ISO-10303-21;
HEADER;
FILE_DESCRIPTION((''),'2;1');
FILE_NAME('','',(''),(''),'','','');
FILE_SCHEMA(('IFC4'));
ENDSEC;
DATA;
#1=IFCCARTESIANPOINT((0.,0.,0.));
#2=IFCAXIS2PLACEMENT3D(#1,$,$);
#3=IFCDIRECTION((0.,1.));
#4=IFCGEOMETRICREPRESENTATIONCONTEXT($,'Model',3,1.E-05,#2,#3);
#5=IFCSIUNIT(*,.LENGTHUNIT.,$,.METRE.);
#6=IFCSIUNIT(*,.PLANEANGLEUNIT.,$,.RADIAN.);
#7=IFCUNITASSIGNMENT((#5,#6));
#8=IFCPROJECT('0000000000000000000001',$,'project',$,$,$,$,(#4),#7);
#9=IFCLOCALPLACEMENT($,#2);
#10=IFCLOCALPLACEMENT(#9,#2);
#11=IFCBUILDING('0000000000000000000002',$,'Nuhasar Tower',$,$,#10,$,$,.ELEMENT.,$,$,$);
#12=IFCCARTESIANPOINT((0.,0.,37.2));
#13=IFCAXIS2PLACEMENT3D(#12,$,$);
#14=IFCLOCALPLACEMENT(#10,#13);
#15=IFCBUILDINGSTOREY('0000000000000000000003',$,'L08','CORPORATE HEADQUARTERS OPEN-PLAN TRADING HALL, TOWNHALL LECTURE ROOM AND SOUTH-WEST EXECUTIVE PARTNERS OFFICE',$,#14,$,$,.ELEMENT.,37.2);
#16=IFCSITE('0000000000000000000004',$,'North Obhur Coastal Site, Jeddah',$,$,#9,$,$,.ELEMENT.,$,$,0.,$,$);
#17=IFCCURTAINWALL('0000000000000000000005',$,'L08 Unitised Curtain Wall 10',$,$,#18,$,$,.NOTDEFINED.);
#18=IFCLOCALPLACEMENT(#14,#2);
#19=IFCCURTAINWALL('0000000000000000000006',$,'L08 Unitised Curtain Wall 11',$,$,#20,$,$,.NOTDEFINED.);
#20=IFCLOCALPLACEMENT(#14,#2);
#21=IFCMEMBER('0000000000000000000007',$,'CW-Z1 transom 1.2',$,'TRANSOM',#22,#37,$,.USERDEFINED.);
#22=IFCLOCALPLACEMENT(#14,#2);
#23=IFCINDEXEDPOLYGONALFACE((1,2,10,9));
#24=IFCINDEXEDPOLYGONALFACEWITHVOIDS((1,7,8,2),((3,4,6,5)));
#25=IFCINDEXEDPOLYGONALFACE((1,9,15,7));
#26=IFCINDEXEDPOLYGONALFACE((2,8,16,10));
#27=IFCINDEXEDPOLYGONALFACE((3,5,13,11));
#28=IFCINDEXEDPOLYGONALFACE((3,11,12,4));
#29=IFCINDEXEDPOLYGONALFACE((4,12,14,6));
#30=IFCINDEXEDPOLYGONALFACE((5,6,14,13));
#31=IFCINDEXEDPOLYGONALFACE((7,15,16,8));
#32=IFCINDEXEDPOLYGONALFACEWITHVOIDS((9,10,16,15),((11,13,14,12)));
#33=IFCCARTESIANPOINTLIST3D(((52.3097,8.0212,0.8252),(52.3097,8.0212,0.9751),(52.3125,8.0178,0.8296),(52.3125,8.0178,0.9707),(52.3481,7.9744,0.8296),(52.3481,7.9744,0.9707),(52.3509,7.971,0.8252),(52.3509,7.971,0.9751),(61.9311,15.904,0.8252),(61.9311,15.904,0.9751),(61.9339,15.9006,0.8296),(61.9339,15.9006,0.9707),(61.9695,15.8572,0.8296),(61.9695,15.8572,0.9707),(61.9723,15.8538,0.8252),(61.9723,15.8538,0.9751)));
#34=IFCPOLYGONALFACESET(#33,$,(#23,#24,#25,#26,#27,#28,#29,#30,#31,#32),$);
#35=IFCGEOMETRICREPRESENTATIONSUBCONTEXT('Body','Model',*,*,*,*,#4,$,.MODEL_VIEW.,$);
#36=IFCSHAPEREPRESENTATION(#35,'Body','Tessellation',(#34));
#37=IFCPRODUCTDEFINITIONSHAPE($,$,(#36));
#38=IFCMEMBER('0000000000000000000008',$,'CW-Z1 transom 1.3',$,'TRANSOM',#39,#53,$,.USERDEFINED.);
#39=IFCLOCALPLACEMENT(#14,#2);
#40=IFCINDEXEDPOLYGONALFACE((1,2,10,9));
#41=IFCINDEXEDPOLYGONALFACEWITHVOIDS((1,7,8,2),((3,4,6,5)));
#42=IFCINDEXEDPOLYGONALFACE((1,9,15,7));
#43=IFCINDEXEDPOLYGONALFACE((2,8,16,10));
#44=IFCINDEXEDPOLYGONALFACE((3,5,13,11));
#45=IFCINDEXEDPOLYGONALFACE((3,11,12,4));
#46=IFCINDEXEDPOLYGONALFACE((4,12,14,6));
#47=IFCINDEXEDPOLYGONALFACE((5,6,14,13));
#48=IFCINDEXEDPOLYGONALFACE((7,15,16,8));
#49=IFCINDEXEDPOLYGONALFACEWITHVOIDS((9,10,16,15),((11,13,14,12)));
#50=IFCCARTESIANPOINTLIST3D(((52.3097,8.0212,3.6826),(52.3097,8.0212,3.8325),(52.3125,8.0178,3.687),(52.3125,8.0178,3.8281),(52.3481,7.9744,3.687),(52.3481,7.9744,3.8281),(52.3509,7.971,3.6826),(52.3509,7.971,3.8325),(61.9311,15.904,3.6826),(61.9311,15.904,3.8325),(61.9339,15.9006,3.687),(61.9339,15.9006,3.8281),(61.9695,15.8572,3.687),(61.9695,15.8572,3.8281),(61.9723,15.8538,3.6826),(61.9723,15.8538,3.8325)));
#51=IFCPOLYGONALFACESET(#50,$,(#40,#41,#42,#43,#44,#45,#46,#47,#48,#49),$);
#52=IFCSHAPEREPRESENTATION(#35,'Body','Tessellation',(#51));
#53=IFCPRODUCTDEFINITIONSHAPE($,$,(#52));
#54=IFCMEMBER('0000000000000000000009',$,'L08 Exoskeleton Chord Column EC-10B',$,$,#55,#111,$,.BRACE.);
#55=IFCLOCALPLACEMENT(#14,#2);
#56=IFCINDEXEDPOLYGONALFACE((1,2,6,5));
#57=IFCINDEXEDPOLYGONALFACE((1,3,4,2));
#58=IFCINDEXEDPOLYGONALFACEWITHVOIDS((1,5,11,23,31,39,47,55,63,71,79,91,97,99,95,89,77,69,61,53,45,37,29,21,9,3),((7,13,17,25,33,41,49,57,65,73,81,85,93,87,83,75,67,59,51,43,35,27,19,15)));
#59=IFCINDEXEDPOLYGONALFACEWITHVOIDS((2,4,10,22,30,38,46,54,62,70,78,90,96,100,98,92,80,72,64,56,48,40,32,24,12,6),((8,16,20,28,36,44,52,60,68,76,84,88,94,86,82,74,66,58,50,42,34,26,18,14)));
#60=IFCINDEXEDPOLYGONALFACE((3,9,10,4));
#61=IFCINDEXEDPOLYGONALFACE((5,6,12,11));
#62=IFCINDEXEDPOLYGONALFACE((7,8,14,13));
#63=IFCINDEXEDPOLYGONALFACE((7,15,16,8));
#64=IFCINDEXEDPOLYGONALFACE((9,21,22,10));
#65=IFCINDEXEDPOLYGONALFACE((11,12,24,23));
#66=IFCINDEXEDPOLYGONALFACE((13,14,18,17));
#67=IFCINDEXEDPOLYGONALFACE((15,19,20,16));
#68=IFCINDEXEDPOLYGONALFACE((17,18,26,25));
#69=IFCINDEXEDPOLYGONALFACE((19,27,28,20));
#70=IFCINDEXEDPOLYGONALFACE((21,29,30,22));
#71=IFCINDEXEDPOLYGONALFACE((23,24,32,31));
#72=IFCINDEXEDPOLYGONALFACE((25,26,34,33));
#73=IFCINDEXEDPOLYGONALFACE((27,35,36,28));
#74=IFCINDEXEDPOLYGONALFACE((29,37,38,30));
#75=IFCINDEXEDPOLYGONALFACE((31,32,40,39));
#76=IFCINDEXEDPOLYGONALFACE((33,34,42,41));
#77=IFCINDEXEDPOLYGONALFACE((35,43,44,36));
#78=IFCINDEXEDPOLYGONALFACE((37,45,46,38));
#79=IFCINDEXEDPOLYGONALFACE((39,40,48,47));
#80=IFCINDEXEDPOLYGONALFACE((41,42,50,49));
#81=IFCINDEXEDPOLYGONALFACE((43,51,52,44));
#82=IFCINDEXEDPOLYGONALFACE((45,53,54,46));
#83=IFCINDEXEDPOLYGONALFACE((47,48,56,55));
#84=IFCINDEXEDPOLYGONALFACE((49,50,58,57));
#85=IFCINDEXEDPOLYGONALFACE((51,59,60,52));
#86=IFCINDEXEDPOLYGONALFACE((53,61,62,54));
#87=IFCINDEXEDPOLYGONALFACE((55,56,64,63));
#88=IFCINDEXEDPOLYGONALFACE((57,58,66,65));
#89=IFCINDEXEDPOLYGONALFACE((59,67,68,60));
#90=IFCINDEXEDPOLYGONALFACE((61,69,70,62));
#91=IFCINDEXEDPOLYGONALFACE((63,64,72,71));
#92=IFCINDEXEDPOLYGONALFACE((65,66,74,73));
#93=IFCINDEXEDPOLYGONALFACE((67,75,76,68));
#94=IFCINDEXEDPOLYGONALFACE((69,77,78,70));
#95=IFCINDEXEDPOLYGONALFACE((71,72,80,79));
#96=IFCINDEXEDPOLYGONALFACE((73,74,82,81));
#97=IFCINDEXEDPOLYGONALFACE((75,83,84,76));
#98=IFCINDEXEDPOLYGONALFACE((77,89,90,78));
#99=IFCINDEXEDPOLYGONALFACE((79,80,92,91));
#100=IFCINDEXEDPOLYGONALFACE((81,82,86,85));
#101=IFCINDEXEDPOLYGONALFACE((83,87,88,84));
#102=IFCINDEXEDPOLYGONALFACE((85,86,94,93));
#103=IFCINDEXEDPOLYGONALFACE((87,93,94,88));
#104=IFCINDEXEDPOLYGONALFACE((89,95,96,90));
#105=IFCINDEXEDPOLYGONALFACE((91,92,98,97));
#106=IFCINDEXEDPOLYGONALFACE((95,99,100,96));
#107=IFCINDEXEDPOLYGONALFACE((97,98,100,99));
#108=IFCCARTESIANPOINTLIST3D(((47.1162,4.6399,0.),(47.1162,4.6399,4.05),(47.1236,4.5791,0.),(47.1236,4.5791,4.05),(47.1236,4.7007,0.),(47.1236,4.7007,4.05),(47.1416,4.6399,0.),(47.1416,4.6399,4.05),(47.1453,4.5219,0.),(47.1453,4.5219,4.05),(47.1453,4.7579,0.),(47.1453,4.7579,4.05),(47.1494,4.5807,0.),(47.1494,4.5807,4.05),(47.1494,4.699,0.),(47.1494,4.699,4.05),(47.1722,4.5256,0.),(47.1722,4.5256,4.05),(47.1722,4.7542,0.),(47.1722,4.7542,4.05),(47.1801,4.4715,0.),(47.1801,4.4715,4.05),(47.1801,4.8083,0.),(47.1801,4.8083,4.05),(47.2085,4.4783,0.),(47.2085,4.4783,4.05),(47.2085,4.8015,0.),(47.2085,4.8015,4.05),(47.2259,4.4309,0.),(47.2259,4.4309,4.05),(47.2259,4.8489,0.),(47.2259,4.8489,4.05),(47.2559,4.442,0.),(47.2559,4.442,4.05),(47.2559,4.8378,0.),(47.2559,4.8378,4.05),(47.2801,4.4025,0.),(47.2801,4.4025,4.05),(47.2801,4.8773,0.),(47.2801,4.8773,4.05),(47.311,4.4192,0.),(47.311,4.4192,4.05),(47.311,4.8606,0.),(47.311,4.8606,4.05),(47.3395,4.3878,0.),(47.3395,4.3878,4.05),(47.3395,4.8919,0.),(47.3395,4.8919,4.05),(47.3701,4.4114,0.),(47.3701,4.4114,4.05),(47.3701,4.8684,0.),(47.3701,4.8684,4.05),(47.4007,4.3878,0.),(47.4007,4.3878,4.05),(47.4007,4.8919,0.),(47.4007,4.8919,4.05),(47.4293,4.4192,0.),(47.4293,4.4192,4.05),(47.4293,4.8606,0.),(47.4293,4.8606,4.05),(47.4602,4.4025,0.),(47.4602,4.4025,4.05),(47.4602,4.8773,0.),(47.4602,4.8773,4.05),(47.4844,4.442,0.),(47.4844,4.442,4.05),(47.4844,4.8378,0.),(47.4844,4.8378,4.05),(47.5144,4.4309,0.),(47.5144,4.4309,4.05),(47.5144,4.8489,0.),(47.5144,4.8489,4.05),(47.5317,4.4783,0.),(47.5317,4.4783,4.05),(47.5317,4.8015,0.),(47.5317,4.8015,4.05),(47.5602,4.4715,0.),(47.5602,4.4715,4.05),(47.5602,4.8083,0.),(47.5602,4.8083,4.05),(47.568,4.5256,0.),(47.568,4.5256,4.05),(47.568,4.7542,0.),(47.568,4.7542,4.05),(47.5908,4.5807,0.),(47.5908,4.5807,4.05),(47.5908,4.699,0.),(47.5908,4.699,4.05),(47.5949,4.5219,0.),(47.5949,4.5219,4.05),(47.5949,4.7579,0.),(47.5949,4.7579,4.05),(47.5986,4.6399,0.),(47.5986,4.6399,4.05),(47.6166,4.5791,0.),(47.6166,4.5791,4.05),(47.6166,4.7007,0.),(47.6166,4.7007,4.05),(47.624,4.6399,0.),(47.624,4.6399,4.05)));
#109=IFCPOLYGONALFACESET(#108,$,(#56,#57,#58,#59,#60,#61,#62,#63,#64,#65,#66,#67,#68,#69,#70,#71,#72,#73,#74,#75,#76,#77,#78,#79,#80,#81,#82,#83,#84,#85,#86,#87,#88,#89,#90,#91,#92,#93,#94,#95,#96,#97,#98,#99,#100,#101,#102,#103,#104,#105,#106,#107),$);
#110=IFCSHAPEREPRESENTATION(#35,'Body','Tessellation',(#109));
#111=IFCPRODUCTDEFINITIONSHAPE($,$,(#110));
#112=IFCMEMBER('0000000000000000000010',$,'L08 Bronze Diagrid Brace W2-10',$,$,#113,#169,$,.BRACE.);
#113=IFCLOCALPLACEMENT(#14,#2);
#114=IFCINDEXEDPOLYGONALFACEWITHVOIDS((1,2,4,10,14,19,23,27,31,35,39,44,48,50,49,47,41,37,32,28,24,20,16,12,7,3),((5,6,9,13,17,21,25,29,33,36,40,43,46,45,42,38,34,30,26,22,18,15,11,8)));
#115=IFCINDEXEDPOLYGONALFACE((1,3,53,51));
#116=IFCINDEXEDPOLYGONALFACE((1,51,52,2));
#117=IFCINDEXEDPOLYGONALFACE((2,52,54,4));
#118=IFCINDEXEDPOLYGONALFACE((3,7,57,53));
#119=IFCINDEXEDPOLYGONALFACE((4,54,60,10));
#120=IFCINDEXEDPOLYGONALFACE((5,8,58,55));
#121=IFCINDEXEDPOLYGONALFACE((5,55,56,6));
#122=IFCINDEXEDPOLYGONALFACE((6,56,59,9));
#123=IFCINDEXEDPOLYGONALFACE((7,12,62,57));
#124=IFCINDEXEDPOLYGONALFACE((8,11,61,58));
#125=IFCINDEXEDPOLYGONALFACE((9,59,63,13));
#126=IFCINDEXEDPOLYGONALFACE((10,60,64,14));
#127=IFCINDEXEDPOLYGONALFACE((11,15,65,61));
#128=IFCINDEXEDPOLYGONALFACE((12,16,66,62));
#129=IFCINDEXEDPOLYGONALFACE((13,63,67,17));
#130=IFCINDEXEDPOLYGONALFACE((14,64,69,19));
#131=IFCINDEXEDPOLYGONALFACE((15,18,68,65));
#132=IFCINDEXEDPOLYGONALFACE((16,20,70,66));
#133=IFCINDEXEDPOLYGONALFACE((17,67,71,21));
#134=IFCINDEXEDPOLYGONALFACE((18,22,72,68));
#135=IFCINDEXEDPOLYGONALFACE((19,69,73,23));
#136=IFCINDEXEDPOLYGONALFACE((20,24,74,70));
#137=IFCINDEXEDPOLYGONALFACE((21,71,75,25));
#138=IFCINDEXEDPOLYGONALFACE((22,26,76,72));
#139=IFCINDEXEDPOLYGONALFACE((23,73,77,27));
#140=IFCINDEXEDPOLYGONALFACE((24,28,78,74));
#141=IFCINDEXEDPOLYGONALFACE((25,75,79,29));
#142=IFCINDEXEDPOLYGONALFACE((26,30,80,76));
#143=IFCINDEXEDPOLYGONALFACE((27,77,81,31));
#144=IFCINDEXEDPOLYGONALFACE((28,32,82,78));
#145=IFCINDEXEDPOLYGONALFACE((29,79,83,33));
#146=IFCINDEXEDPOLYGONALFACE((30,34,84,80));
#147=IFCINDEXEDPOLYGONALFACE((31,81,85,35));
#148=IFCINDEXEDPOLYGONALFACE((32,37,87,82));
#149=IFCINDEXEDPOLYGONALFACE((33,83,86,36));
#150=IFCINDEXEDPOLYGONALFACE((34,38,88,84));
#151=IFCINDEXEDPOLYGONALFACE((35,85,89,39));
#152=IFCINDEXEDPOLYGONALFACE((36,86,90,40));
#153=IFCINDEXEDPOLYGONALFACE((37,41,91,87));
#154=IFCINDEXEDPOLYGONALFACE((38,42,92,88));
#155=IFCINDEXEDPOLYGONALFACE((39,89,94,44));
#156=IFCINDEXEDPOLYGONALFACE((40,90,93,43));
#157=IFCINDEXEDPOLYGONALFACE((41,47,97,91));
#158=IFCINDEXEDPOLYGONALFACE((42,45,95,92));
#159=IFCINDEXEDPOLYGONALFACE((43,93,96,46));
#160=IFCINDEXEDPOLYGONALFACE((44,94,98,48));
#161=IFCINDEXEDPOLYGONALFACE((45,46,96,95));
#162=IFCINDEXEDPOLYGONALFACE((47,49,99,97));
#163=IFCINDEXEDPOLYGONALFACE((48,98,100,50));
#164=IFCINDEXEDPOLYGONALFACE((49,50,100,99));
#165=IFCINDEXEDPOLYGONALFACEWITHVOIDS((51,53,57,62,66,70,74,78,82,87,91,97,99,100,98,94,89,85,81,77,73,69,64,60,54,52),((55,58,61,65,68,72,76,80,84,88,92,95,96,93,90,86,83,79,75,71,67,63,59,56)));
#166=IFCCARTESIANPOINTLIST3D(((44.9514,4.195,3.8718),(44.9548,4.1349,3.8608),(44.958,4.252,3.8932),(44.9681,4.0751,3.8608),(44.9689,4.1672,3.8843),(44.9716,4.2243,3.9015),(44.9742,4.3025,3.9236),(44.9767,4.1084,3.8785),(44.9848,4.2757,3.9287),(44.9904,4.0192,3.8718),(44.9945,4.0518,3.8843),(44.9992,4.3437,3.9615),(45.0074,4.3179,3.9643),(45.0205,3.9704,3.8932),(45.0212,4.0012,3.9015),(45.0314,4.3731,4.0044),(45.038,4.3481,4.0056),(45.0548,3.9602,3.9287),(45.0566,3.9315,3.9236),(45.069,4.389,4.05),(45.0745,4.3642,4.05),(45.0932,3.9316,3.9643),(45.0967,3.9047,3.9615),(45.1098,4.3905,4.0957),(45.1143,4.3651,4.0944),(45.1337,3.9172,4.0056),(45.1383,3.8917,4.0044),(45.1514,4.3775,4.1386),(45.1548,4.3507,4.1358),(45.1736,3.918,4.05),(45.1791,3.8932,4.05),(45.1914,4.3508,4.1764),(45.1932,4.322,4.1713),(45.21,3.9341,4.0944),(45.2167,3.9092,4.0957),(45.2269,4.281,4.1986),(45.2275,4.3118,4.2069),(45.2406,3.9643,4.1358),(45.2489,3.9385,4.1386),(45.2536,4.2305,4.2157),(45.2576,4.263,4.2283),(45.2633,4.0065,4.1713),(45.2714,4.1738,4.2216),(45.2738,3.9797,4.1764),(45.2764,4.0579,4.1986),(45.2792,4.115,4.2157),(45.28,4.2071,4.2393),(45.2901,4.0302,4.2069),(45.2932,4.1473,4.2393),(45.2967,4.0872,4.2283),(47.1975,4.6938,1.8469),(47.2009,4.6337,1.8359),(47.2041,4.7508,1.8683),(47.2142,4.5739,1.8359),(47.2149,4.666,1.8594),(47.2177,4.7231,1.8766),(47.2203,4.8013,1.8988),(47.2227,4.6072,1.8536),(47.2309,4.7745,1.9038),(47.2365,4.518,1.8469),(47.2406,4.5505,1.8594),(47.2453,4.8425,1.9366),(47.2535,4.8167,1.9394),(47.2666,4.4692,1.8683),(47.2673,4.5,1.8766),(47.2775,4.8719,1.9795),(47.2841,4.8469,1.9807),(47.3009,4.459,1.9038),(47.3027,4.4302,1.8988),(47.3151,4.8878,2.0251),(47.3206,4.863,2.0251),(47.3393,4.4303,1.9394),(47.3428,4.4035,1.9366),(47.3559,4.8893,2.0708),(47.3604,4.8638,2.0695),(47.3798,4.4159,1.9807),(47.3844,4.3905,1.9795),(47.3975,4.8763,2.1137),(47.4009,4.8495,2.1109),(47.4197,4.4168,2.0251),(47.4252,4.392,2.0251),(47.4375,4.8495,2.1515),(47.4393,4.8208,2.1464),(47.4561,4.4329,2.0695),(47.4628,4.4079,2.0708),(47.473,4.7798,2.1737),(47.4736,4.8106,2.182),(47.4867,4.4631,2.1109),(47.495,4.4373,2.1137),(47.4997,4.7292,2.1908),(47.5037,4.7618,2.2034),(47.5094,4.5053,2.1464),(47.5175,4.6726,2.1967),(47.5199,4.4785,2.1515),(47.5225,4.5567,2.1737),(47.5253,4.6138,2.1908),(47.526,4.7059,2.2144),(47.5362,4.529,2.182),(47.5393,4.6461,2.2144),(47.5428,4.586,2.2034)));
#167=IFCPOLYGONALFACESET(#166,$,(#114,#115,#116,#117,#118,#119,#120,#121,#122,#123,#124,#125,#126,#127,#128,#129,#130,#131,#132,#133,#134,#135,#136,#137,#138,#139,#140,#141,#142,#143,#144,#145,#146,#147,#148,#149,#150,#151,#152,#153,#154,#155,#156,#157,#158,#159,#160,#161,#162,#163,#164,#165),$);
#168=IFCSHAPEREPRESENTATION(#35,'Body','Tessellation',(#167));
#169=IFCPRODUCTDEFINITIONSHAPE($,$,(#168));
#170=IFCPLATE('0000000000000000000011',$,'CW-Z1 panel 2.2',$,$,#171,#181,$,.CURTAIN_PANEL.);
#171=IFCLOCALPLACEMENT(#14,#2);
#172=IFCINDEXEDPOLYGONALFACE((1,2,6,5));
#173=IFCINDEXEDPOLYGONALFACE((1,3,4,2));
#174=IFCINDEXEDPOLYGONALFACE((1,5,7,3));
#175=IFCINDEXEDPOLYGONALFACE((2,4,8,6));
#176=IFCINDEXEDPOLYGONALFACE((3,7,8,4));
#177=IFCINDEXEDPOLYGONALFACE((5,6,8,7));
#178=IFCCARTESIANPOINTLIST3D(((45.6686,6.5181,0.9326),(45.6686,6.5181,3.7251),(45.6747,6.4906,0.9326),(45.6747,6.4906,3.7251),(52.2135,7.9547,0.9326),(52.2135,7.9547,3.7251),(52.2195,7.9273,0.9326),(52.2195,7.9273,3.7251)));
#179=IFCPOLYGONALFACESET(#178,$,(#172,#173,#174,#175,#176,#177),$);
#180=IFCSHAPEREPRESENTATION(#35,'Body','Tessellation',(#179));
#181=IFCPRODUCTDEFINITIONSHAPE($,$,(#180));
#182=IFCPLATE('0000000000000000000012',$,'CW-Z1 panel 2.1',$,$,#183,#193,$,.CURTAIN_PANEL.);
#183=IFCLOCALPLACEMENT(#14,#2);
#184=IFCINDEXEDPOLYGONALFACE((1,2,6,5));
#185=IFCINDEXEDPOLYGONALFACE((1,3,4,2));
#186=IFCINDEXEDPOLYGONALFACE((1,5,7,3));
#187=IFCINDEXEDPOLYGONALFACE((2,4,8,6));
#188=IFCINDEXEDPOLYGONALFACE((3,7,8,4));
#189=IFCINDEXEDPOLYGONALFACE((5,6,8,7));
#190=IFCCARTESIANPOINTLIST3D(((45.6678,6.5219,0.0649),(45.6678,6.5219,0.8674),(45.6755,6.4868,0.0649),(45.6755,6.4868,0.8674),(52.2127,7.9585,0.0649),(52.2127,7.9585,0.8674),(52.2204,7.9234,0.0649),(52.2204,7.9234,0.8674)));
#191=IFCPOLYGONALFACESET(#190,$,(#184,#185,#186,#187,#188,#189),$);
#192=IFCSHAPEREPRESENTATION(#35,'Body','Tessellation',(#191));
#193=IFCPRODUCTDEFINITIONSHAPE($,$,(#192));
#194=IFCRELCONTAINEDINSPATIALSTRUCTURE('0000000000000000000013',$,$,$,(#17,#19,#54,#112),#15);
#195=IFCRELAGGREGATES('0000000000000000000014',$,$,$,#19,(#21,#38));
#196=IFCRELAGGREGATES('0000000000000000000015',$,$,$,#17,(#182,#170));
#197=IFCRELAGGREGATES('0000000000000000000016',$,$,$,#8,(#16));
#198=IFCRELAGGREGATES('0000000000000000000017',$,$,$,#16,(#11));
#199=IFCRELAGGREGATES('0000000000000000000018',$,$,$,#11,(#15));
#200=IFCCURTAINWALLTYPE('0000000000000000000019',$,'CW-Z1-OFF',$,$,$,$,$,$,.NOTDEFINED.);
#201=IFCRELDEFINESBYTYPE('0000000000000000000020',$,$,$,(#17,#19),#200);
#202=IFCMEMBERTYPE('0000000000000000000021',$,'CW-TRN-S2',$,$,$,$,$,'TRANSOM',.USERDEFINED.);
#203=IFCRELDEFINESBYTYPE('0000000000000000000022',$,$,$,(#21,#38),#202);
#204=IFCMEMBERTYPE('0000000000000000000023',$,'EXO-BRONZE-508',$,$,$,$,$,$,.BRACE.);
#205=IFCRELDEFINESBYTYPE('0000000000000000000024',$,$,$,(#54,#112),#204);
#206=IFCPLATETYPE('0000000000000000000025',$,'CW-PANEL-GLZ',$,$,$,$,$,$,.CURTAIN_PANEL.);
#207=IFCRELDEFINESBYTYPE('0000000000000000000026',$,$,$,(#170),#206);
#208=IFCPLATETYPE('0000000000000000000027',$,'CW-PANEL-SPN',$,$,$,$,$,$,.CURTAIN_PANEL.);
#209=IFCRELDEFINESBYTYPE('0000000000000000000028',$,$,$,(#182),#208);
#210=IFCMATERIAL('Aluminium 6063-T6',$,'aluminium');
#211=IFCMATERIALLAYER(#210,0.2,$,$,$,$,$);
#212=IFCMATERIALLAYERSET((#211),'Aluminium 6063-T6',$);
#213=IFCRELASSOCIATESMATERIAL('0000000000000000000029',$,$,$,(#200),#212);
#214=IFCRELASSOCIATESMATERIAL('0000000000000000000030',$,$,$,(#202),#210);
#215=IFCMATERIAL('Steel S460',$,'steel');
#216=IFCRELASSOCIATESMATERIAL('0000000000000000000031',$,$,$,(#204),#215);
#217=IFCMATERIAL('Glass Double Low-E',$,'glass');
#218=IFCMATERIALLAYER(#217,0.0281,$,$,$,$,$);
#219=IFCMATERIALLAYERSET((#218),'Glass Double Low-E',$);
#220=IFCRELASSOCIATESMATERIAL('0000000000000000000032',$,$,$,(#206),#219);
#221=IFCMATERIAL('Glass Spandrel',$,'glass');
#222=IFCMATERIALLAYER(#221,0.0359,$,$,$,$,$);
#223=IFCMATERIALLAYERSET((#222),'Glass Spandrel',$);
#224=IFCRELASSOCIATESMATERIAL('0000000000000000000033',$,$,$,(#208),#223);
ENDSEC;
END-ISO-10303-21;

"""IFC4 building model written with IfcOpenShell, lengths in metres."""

from ifc_helpers import new_model, si_unit, direction, frame, origin, origin_2d, place, context, subcontext, project, spatial, rectangle, hollow_rectangle, hollow_circle, extrude, material, layer, layer_set, material_profile, profile_set, type_object, element, aggregate, save


model = new_model("IFC4")

# Units and contexts
model_context = context("Model", 3, precision=1e-05, world=origin(), true_north=direction((0.0, 1.0)))
body_context = subcontext(model_context, "Body", "Model", "MODEL_VIEW")
ifc_project = project(units=[si_unit("LENGTHUNIT", "METRE"), si_unit("PLANEANGLEUNIT", "RADIAN")], contexts=[model_context])

# Site, building, storey
site_placement = place(None, origin())
site = spatial("IfcSite", under=ifc_project, at=site_placement, Name="North Obhur Coastal Site, Jeddah", CompositionType="ELEMENT", RefElevation=0.0)
building_placement = place(site_placement, origin())
building = spatial("IfcBuilding", under=site, at=building_placement, Name="Nuhasar Tower", CompositionType="ELEMENT")
storey_placement = place(building_placement, frame((0.0, 0.0, 37.2)))
storey = spatial("IfcBuildingStorey", under=building, at=storey_placement, Name="L08", Description="CORPORATE HEADQUARTERS OPEN-PLAN TRADING HALL, TOWNHALL LECTURE ROOM AND SOUTH-WEST EXECUTIVE PARTNERS OFFICE", CompositionType="ELEMENT", Elevation=37.2)

# Curtain wall
ifc_material_1 = material(Name="Aluminium 6063-T6", Category="aluminium")
ifc_layer_1 = layer(ifc_material_1, 0.2)
ifc_layer_set_1 = layer_set([ifc_layer_1], Name="Aluminium 6063-T6")
curtain_wall_type = type_object("IfcCurtainWallType", Name="CW-Z1-OFF", PredefinedType="NOTDEFINED", material=ifc_layer_set_1)
curtain_wall_1_placement = place(storey_placement, origin())
curtain_wall_1 = element("IfcCurtainWall", 1, at=curtain_wall_1_placement, inside=storey, type_object=curtain_wall_type, Name="L08 Unitised Curtain Wall 10", PredefinedType="NOTDEFINED")

# Curtain wall, members
curtain_wall_2_placement = place(storey_placement, origin())
curtain_wall_2 = element("IfcCurtainWall", 2, at=curtain_wall_2_placement, inside=storey, type_object=curtain_wall_type, Name="L08 Unitised Curtain Wall 11", PredefinedType="NOTDEFINED")
ifc_material_profile_1 = material_profile(ifc_material_1, hollow_rectangle(XDim=0.0649, YDim=0.1499, WallThickness=0.0044, at=origin_2d()), Name="CWT-2")
ifc_profile_set_1 = profile_set([ifc_material_profile_1], Name="Aluminium 6063-T6")
member_type_1 = type_object("IfcMemberType", Name="CW-TRN-S2", ElementType="TRANSOM", PredefinedType="USERDEFINED", material=ifc_profile_set_1)
member_1_placement = place(storey_placement, frame((52.3303, 7.9961, 0.9001), z_axis=(0.773531, 0.633758, 0.0), x_axis=(-0.633758, 0.773531, 0.0)))
member_1 = element("IfcMember", 3, at=member_1_placement, type_object=member_type_1, Name="CW-Z1 transom 1.2", ObjectType="TRANSOM", PredefinedType="USERDEFINED", context=body_context, shape_type="SweptSolid", body=[
    extrude(hollow_rectangle(XDim=0.0649, YDim=0.1499, WallThickness=0.0044, at=origin_2d()), origin(), (0.0, 0.0, 1.0), 12.4382),
])
member_2_placement = place(storey_placement, frame((52.3303, 7.9961, 3.7576), z_axis=(0.773531, 0.633758, 0.0), x_axis=(-0.633758, 0.773531, 0.0)))
member_2 = element("IfcMember", 4, at=member_2_placement, type_object=member_type_1, Name="CW-Z1 transom 1.3", ObjectType="TRANSOM", PredefinedType="USERDEFINED", context=body_context, shape_type="SweptSolid", body=[
    extrude(hollow_rectangle(XDim=0.0649, YDim=0.1499, WallThickness=0.0044, at=origin_2d()), origin(), (0.0, 0.0, 1.0), 12.4382),
])
aggregate(curtain_wall_2, [member_1, member_2])

# Members
ifc_material_2 = material(Name="Steel S460", Category="steel")
ifc_material_profile_2 = material_profile(ifc_material_2, hollow_circle(Radius=0.2539, WallThickness=0.0254, at=origin_2d()), Name="HSS508X25.4")
ifc_profile_set_2 = profile_set([ifc_material_profile_2], Name="Steel S460")
member_type_2 = type_object("IfcMemberType", Name="EXO-BRONZE-508", PredefinedType="BRACE", material=ifc_profile_set_2)
member_3_placement = place(storey_placement, frame((47.3701, 4.6399, 0.0), z_axis=(0.0, 0.0, 1.0), x_axis=(1.0, 0.0, 0.0)))
element("IfcMember", 5, at=member_3_placement, inside=storey, type_object=member_type_2, Name="L08 Exoskeleton Chord Column EC-10B", PredefinedType="BRACE", context=body_context, shape_type="SweptSolid", body=[
    extrude(hollow_circle(Radius=0.2539, WallThickness=0.0254, at=origin_2d()), origin(), (0.0, 0.0, 1.0), 4.05),
])
member_4_placement = place(storey_placement, frame((47.3701, 4.6399, 2.0251), z_axis=(-0.732831, -0.162736, 0.660663), x_axis=(0.216784, -0.97622, 0.0)))
element("IfcMember", 6, at=member_4_placement, inside=storey, type_object=member_type_2, Name="L08 Bronze Diagrid Brace W2-10", PredefinedType="BRACE", context=body_context, shape_type="SweptSolid", body=[
    extrude(hollow_circle(Radius=0.2539, WallThickness=0.0254, at=origin_2d()), origin(), (0.0, 0.0, 1.0), 3.0649),
])

# Plates
ifc_material_3 = material(Name="Glass Double Low-E", Category="glass")
ifc_layer_2 = layer(ifc_material_3, 0.0281)
ifc_layer_set_2 = layer_set([ifc_layer_2], Name="Glass Double Low-E")
plate_type_1 = type_object("IfcPlateType", Name="CW-PANEL-GLZ", PredefinedType="CURTAIN_PANEL", material=ifc_layer_set_2)
plate_1_placement = place(storey_placement, frame((48.9441, 7.2227, 0.9326), z_axis=(0.0, 0.0, 1.0), x_axis=(0.976746, 0.214399, 0.0)))
plate_1 = element("IfcPlate", 7, at=plate_1_placement, type_object=plate_type_1, Name="CW-Z1 panel 2.2", PredefinedType="CURTAIN_PANEL", context=body_context, shape_type="SweptSolid", body=[
    extrude(rectangle(XDim=6.7007, YDim=0.0281, at=origin_2d()), origin(), (0.0, 0.0, 1.0), 2.7925),
])
ifc_material_4 = material(Name="Glass Spandrel", Category="glass")
ifc_layer_3 = layer(ifc_material_4, 0.0359)
ifc_layer_set_3 = layer_set([ifc_layer_3], Name="Glass Spandrel")
plate_type_2 = type_object("IfcPlateType", Name="CW-PANEL-SPN", PredefinedType="CURTAIN_PANEL", material=ifc_layer_set_3)
plate_2_placement = place(storey_placement, frame((48.9441, 7.2227, 0.0649), z_axis=(0.0, 0.0, 1.0), x_axis=(0.976746, 0.214399, 0.0)))
plate_2 = element("IfcPlate", 8, at=plate_2_placement, type_object=plate_type_2, Name="CW-Z1 panel 2.1", PredefinedType="CURTAIN_PANEL", context=body_context, shape_type="SweptSolid", body=[
    extrude(rectangle(XDim=6.7007, YDim=0.0359, at=origin_2d()), origin(), (0.0, 0.0, 1.0), 0.8025),
])
aggregate(curtain_wall_1, [plate_2, plate_1])

save(model, "model.ifc")
